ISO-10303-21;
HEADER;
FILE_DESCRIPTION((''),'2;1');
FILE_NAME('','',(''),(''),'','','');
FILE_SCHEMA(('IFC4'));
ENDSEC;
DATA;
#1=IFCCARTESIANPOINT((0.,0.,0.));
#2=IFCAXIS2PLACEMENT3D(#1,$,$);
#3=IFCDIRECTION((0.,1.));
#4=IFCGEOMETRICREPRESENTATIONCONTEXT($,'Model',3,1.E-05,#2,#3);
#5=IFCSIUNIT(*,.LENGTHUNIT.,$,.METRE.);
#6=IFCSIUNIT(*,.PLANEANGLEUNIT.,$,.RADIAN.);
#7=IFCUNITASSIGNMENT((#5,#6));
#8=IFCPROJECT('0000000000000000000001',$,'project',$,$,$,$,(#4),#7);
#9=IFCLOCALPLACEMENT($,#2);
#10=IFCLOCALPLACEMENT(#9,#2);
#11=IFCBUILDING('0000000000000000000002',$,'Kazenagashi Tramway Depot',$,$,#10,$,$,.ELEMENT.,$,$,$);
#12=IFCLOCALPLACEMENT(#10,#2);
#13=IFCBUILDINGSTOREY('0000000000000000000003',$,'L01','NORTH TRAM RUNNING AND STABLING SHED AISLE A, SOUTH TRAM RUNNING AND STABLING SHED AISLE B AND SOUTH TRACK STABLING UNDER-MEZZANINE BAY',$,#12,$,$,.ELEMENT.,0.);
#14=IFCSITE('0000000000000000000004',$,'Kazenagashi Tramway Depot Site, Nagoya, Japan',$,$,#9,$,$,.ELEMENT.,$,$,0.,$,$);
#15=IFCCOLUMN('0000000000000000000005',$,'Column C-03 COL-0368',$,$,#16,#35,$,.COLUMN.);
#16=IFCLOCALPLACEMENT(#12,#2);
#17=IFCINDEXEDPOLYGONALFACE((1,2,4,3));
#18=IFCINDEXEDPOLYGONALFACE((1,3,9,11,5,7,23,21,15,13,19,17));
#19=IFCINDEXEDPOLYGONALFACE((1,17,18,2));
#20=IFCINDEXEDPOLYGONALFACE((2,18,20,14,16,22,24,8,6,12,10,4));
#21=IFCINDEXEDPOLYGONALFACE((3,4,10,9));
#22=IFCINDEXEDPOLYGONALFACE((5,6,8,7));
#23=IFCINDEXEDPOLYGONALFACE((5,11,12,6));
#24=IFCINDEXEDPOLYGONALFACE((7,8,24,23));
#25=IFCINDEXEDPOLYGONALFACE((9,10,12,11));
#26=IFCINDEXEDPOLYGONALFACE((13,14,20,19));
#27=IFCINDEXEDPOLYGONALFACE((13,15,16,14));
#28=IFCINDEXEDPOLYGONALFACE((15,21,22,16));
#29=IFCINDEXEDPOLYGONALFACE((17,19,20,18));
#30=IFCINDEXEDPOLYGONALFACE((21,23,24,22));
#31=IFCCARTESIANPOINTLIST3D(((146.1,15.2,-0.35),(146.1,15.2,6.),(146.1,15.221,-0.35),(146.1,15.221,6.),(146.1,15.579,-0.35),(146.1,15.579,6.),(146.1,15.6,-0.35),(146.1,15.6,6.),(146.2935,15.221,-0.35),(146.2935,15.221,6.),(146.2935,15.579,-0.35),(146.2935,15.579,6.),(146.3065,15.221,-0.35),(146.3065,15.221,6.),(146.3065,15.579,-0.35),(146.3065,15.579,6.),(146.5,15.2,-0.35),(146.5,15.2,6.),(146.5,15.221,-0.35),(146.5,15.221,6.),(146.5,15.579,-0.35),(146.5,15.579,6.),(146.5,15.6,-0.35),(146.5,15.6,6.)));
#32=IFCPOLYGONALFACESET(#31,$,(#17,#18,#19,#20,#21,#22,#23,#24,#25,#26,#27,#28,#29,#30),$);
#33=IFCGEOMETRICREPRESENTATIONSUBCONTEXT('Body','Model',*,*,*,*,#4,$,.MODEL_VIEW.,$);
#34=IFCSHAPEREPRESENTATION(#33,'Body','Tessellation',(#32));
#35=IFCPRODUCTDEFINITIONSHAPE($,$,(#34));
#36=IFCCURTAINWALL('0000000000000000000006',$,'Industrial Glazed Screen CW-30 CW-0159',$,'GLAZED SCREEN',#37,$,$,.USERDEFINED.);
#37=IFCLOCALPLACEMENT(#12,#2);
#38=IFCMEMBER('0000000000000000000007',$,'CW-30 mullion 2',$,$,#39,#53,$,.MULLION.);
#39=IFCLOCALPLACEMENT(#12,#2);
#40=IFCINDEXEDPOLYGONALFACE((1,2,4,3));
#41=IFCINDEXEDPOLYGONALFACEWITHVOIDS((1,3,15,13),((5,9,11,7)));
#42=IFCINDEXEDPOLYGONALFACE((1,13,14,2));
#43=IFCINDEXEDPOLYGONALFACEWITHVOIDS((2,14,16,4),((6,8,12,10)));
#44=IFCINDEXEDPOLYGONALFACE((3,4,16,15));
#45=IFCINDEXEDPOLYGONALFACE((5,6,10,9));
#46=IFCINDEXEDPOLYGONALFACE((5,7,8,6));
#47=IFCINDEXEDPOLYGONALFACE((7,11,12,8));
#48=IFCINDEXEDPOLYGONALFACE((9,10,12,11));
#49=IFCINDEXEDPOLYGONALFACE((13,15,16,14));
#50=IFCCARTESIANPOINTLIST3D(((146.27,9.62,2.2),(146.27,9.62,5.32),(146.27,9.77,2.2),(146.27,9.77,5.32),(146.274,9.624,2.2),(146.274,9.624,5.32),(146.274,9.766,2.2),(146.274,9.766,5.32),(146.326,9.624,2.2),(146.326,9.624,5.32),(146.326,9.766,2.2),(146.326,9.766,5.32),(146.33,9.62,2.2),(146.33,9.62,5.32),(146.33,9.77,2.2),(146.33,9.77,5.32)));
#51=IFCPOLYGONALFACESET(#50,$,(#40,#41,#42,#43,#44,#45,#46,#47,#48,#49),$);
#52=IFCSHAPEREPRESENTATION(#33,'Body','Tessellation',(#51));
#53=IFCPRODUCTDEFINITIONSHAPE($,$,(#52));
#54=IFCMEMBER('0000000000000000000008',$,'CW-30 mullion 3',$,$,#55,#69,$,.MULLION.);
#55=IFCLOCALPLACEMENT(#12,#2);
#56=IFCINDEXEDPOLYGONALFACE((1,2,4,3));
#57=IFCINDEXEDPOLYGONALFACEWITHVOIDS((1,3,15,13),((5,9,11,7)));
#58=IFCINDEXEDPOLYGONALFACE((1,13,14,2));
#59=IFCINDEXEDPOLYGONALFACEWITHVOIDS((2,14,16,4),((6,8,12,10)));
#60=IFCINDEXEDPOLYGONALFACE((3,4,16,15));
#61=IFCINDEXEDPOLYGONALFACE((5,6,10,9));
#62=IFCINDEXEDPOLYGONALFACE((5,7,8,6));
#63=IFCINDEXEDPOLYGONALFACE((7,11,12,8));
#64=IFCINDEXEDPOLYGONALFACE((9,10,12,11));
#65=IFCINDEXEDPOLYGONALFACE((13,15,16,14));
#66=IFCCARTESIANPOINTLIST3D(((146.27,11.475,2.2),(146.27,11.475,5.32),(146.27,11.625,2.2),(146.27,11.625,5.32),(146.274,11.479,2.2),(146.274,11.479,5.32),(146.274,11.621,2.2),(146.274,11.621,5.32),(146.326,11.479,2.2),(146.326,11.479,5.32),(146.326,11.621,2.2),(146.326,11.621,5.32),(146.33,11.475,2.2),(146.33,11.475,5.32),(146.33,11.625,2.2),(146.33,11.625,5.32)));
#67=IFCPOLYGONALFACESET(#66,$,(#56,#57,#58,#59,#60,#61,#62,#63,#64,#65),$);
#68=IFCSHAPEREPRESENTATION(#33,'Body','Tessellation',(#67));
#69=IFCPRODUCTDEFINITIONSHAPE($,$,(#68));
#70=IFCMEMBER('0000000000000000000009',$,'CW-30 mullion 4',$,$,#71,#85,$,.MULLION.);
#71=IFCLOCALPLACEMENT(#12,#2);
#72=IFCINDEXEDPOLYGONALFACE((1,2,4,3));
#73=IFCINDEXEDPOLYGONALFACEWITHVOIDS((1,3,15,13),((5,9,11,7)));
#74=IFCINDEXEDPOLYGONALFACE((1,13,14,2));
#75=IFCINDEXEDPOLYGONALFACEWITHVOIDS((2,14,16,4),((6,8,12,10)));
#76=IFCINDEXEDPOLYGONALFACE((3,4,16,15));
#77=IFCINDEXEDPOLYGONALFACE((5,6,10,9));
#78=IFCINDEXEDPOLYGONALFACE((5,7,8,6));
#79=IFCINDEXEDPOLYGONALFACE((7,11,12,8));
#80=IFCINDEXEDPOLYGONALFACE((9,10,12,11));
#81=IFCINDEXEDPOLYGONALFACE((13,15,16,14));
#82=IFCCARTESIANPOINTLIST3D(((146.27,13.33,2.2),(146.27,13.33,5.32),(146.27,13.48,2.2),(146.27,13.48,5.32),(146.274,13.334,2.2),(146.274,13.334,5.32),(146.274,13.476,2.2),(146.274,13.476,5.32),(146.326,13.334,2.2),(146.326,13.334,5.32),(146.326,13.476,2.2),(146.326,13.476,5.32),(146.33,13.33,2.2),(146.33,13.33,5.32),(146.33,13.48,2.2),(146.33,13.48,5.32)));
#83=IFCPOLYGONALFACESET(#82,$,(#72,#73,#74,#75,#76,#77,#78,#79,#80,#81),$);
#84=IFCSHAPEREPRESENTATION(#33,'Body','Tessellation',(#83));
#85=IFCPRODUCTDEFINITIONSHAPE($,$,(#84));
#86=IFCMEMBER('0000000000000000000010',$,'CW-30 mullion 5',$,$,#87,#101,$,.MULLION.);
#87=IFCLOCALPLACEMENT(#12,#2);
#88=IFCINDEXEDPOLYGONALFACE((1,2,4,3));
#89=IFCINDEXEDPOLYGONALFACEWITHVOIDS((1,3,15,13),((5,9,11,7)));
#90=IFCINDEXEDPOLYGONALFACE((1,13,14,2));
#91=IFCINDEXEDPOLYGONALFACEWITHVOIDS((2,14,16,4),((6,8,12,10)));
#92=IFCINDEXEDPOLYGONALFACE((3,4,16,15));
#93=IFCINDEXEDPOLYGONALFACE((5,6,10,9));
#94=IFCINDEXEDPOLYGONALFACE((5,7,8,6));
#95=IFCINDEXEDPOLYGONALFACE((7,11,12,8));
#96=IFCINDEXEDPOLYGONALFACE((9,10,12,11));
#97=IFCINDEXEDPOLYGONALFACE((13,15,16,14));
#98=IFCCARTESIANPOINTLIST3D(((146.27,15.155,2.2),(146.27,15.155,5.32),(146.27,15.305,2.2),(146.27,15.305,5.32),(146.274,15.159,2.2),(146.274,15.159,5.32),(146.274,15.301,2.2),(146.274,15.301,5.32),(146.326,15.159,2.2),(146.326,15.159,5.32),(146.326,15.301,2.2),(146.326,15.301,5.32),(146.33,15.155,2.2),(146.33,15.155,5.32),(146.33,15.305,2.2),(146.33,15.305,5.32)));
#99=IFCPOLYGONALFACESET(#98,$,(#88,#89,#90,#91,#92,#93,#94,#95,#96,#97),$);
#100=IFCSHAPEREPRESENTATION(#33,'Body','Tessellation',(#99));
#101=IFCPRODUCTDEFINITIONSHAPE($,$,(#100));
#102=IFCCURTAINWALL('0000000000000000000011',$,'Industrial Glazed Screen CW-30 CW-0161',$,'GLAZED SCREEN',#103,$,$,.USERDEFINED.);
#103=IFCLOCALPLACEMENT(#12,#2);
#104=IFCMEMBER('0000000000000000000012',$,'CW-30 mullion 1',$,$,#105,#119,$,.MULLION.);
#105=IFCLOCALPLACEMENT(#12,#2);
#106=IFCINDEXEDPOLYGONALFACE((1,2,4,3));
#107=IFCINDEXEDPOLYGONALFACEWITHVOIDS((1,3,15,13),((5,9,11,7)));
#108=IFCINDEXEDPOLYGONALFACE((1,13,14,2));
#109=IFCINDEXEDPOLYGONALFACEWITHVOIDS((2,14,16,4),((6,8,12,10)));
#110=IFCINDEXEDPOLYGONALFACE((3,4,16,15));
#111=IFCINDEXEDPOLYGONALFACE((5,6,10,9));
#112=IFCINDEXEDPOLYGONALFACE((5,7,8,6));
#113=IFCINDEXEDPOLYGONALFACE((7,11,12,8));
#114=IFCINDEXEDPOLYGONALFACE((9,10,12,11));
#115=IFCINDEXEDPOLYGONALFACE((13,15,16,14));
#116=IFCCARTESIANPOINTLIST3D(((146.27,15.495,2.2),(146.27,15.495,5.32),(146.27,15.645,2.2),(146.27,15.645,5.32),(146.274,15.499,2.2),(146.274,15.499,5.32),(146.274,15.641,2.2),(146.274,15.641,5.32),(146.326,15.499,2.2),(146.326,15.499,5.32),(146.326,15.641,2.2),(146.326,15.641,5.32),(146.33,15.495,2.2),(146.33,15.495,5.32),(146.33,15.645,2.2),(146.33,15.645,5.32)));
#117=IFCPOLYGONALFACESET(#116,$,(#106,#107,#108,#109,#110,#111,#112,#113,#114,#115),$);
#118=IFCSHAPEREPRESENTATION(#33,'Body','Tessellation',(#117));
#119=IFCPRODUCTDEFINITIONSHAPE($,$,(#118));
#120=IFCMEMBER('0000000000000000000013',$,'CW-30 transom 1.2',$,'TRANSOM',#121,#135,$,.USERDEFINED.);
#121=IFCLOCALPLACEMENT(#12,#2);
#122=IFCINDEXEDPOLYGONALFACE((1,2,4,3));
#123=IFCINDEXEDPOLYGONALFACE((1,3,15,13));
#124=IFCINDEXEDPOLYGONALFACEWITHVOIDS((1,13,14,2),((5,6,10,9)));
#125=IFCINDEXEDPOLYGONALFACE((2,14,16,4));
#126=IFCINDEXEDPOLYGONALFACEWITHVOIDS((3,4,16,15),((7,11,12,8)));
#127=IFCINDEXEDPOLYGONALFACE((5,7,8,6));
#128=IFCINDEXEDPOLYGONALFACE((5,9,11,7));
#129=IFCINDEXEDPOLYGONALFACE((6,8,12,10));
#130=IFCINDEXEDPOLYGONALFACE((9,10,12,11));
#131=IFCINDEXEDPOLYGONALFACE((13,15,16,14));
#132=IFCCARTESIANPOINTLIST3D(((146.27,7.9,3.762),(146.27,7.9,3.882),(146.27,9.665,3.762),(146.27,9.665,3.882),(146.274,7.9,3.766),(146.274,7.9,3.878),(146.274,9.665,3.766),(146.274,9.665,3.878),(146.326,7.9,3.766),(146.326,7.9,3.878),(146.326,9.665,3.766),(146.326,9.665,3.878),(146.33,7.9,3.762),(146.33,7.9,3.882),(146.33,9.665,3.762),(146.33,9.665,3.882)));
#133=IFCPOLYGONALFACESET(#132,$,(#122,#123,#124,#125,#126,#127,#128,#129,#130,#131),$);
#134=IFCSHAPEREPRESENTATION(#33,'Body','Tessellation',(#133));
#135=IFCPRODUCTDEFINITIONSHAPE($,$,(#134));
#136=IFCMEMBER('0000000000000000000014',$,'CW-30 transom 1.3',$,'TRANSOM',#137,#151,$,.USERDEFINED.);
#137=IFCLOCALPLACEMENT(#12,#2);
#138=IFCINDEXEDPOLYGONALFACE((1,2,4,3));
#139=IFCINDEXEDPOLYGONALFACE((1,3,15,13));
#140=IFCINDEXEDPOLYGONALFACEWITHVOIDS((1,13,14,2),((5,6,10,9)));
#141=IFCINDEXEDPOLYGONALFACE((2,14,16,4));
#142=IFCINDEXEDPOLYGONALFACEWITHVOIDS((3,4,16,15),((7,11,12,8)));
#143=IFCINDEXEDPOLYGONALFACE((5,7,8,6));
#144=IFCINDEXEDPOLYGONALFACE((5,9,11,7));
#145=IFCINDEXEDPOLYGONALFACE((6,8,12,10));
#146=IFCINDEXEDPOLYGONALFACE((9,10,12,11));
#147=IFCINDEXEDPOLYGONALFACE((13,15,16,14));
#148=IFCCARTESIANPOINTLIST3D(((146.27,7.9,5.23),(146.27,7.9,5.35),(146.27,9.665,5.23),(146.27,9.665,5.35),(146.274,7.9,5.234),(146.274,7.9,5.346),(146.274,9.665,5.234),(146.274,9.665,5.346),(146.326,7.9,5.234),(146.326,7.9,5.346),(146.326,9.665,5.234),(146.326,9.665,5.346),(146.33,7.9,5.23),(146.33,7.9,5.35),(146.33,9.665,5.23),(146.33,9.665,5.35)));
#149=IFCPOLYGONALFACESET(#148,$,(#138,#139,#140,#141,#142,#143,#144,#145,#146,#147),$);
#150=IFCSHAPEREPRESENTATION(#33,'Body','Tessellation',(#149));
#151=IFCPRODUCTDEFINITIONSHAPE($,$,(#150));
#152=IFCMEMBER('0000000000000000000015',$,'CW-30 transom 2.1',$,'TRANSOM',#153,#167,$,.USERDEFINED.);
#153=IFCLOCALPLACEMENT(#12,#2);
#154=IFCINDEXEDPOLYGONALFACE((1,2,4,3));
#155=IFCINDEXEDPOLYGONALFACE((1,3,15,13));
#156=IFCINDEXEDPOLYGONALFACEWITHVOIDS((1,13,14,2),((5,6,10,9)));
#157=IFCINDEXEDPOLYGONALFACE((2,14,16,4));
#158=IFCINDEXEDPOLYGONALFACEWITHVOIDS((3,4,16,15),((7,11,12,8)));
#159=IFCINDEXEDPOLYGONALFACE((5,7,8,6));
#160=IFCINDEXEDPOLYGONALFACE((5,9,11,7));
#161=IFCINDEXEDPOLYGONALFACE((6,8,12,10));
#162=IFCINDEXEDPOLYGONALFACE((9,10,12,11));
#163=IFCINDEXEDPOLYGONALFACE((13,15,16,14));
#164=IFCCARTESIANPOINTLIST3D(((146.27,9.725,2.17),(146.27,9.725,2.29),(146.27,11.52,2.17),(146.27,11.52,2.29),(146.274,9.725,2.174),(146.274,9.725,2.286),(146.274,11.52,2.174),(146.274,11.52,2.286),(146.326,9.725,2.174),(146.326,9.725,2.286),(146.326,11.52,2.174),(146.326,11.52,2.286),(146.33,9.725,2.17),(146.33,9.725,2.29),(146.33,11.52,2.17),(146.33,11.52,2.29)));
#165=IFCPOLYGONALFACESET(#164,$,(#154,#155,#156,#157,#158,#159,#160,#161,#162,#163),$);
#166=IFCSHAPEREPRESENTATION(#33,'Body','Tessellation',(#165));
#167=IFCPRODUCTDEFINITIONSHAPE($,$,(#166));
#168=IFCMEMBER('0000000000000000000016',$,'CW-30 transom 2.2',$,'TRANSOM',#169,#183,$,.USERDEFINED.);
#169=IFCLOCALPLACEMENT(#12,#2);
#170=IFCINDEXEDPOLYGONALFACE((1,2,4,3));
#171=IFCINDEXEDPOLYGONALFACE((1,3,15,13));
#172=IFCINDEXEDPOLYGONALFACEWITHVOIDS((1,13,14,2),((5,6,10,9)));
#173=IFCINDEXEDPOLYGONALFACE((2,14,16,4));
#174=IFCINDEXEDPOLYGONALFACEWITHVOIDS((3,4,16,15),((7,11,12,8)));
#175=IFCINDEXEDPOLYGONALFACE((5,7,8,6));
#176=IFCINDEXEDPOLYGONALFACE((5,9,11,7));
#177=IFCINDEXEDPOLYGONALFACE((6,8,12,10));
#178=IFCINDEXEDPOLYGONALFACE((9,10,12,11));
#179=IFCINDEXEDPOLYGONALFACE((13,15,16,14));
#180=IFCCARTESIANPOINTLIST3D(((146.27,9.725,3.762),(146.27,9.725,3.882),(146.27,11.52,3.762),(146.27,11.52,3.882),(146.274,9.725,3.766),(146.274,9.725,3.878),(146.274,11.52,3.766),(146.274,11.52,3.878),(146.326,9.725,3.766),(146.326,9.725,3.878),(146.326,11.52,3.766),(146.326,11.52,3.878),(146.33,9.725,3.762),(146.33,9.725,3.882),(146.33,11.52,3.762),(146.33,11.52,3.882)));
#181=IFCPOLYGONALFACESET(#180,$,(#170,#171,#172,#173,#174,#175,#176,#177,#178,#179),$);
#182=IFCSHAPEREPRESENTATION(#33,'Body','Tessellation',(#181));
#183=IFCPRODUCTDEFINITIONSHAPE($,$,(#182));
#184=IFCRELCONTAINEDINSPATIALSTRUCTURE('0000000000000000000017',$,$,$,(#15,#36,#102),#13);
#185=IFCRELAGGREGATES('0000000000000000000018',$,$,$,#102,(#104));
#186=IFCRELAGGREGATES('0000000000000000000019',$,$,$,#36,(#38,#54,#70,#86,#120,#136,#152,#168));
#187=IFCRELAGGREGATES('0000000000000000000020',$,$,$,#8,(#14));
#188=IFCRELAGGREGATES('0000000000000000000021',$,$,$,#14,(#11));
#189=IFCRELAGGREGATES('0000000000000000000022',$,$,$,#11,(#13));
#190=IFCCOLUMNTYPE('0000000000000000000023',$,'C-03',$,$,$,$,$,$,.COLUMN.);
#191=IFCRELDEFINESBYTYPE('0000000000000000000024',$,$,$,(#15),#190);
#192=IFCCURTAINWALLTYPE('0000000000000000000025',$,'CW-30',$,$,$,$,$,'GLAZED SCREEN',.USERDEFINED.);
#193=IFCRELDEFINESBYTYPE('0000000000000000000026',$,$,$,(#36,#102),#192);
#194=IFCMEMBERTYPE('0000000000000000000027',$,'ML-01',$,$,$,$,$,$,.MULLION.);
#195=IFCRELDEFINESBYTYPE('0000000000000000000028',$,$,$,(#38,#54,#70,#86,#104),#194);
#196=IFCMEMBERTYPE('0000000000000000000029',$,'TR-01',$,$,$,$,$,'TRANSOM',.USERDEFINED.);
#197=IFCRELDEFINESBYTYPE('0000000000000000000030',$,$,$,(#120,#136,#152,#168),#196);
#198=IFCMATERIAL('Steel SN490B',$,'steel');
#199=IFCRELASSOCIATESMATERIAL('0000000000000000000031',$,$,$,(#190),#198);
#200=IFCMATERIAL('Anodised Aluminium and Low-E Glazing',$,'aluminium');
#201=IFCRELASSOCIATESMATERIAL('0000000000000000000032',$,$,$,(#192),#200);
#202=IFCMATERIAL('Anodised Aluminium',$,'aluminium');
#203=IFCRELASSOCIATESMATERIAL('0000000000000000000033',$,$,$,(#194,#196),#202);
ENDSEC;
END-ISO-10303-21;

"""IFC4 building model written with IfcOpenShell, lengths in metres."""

from ifc_helpers import new_model, si_unit, direction, frame, origin, origin_2d, place, context, subcontext, project, spatial, hollow_rectangle, i_section, extrude, material, material_profile, profile_set, type_object, element, aggregate, save


model = new_model("IFC4")

# Units and contexts
model_context = context("Model", 3, precision=1e-05, world=origin(), true_north=direction((0.0, 1.0)))
body_context = subcontext(model_context, "Body", "Model", "MODEL_VIEW")
ifc_project = project(units=[si_unit("LENGTHUNIT", "METRE"), si_unit("PLANEANGLEUNIT", "RADIAN")], contexts=[model_context])

# Site, building, storey
site_placement = place(None, origin())
site = spatial("IfcSite", under=ifc_project, at=site_placement, Name="Kazenagashi Tramway Depot Site, Nagoya, Japan", CompositionType="ELEMENT", RefElevation=0.0)
building_placement = place(site_placement, origin())
building = spatial("IfcBuilding", under=site, at=building_placement, Name="Kazenagashi Tramway Depot", CompositionType="ELEMENT")
storey_placement = place(building_placement, origin())
storey = spatial("IfcBuildingStorey", under=building, at=storey_placement, Name="L01", Description="NORTH TRAM RUNNING AND STABLING SHED AISLE A, SOUTH TRAM RUNNING AND STABLING SHED AISLE B AND SOUTH TRACK STABLING UNDER-MEZZANINE BAY", CompositionType="ELEMENT", Elevation=0.0)

# Column
ifc_material_1 = material(Name="Steel SN490B", Category="steel")
ifc_material_profile_1 = material_profile(ifc_material_1, i_section(OverallWidth=0.4, OverallDepth=0.4, WebThickness=0.013, FlangeThickness=0.021, at=origin_2d()), Name="H-400x400x13x21")
ifc_profile_set_1 = profile_set([ifc_material_profile_1], Name="Steel SN490B")
column_type = type_object("IfcColumnType", Name="C-03", PredefinedType="COLUMN", material=ifc_profile_set_1)
column_placement = place(storey_placement, frame((146.3, 15.4, -0.35), z_axis=(0.0, 0.0, 1.0), x_axis=(1.0, 0.0, 0.0)))
element("IfcColumn", 1, at=column_placement, inside=storey, type_object=column_type, Name="Column C-03 COL-0368", PredefinedType="COLUMN", context=body_context, shape_type="SweptSolid", body=[
    extrude(i_section(OverallWidth=0.4, OverallDepth=0.4, WebThickness=0.013, FlangeThickness=0.021, at=origin_2d()), origin(), (0.0, 0.0, 1.0), 6.35),
])

# Curtain wall, members
ifc_material_2 = material(Name="Anodised Aluminium and Low-E Glazing", Category="aluminium")
curtain_wall_type = type_object("IfcCurtainWallType", Name="CW-30", ElementType="GLAZED SCREEN", PredefinedType="USERDEFINED", material=ifc_material_2)
curtain_wall_1_placement = place(storey_placement, origin())
curtain_wall_1 = element("IfcCurtainWall", 2, at=curtain_wall_1_placement, inside=storey, type_object=curtain_wall_type, Name="Industrial Glazed Screen CW-30 CW-0159", ObjectType="GLAZED SCREEN", PredefinedType="USERDEFINED")
ifc_material_3 = material(Name="Anodised Aluminium", Category="aluminium")
ifc_material_profile_2 = material_profile(ifc_material_3, hollow_rectangle(XDim=0.06, YDim=0.15, WallThickness=0.004, at=origin_2d()), Name="RHS-150x60x4")
ifc_profile_set_2 = profile_set([ifc_material_profile_2], Name="Anodised Aluminium")
member_type_1 = type_object("IfcMemberType", Name="ML-01", PredefinedType="MULLION", material=ifc_profile_set_2)
member_1_placement = place(storey_placement, frame((146.3, 9.695, 2.2), z_axis=(0.0, 0.0, 1.0), x_axis=(-1.0, 0.0, 0.0)))
member_1 = element("IfcMember", 3, at=member_1_placement, type_object=member_type_1, Name="CW-30 mullion 2", PredefinedType="MULLION", context=body_context, shape_type="SweptSolid", body=[
    extrude(hollow_rectangle(XDim=0.06, YDim=0.15, WallThickness=0.004, at=origin_2d()), origin(), (0.0, 0.0, 1.0), 3.12),
])
member_2_placement = place(storey_placement, frame((146.3, 11.55, 2.2), z_axis=(0.0, 0.0, 1.0), x_axis=(-1.0, 0.0, 0.0)))
member_2 = element("IfcMember", 4, at=member_2_placement, type_object=member_type_1, Name="CW-30 mullion 3", PredefinedType="MULLION", context=body_context, shape_type="SweptSolid", body=[
    extrude(hollow_rectangle(XDim=0.06, YDim=0.15, WallThickness=0.004, at=origin_2d()), origin(), (0.0, 0.0, 1.0), 3.12),
])
member_3_placement = place(storey_placement, frame((146.3, 13.405, 2.2), z_axis=(0.0, 0.0, 1.0), x_axis=(-1.0, 0.0, 0.0)))
member_3 = element("IfcMember", 5, at=member_3_placement, type_object=member_type_1, Name="CW-30 mullion 4", PredefinedType="MULLION", context=body_context, shape_type="SweptSolid", body=[
    extrude(hollow_rectangle(XDim=0.06, YDim=0.15, WallThickness=0.004, at=origin_2d()), origin(), (0.0, 0.0, 1.0), 3.12),
])
member_4_placement = place(storey_placement, frame((146.3, 15.23, 2.2), z_axis=(0.0, 0.0, 1.0), x_axis=(-1.0, 0.0, 0.0)))
member_4 = element("IfcMember", 6, at=member_4_placement, type_object=member_type_1, Name="CW-30 mullion 5", PredefinedType="MULLION", context=body_context, shape_type="SweptSolid", body=[
    extrude(hollow_rectangle(XDim=0.06, YDim=0.15, WallThickness=0.004, at=origin_2d()), origin(), (0.0, 0.0, 1.0), 3.12),
])

# Curtain wall, member
curtain_wall_2_placement = place(storey_placement, origin())
curtain_wall_2 = element("IfcCurtainWall", 7, at=curtain_wall_2_placement, inside=storey, type_object=curtain_wall_type, Name="Industrial Glazed Screen CW-30 CW-0161", ObjectType="GLAZED SCREEN", PredefinedType="USERDEFINED")
member_5_placement = place(storey_placement, frame((146.3, 15.57, 2.2), z_axis=(0.0, 0.0, 1.0), x_axis=(-1.0, 0.0, 0.0)))
member_5 = element("IfcMember", 8, at=member_5_placement, type_object=member_type_1, Name="CW-30 mullion 1", PredefinedType="MULLION", context=body_context, shape_type="SweptSolid", body=[
    extrude(hollow_rectangle(XDim=0.06, YDim=0.15, WallThickness=0.004, at=origin_2d()), origin(), (0.0, 0.0, 1.0), 3.12),
])

# Members
ifc_material_profile_3 = material_profile(ifc_material_3, hollow_rectangle(XDim=0.06, YDim=0.12, WallThickness=0.004, at=origin_2d()), Name="RHS-120x60x4")
ifc_profile_set_3 = profile_set([ifc_material_profile_3], Name="Anodised Aluminium")
member_type_2 = type_object("IfcMemberType", Name="TR-01", ElementType="TRANSOM", PredefinedType="USERDEFINED", material=ifc_profile_set_3)
member_6_placement = place(storey_placement, frame((146.3, 7.9, 3.822), z_axis=(0.0, 1.0, 0.0), x_axis=(-1.0, 0.0, 0.0)))
member_6 = element("IfcMember", 9, at=member_6_placement, type_object=member_type_2, Name="CW-30 transom 1.2", ObjectType="TRANSOM", PredefinedType="USERDEFINED", context=body_context, shape_type="SweptSolid", body=[
    extrude(hollow_rectangle(XDim=0.06, YDim=0.12, WallThickness=0.004, at=origin_2d()), origin(), (0.0, 0.0, 1.0), 1.765),
])
member_7_placement = place(storey_placement, frame((146.3, 7.9, 5.29), z_axis=(0.0, 1.0, 0.0), x_axis=(-1.0, 0.0, 0.0)))
member_7 = element("IfcMember", 10, at=member_7_placement, type_object=member_type_2, Name="CW-30 transom 1.3", ObjectType="TRANSOM", PredefinedType="USERDEFINED", context=body_context, shape_type="SweptSolid", body=[
    extrude(hollow_rectangle(XDim=0.06, YDim=0.12, WallThickness=0.004, at=origin_2d()), origin(), (0.0, 0.0, 1.0), 1.765),
])
member_8_placement = place(storey_placement, frame((146.3, 9.725, 2.23), z_axis=(0.0, 1.0, 0.0), x_axis=(-1.0, 0.0, 0.0)))
member_8 = element("IfcMember", 11, at=member_8_placement, type_object=member_type_2, Name="CW-30 transom 2.1", ObjectType="TRANSOM", PredefinedType="USERDEFINED", context=body_context, shape_type="SweptSolid", body=[
    extrude(hollow_rectangle(XDim=0.06, YDim=0.12, WallThickness=0.004, at=origin_2d()), origin(), (0.0, 0.0, 1.0), 1.795),
])
member_9_placement = place(storey_placement, frame((146.3, 9.725, 3.822), z_axis=(0.0, 1.0, 0.0), x_axis=(-1.0, 0.0, 0.0)))
member_9 = element("IfcMember", 12, at=member_9_placement, type_object=member_type_2, Name="CW-30 transom 2.2", ObjectType="TRANSOM", PredefinedType="USERDEFINED", context=body_context, shape_type="SweptSolid", body=[
    extrude(hollow_rectangle(XDim=0.06, YDim=0.12, WallThickness=0.004, at=origin_2d()), origin(), (0.0, 0.0, 1.0), 1.795),
])

aggregate(curtain_wall_2, [member_5])
aggregate(curtain_wall_1, [member_1, member_2, member_3, member_4, member_6, member_7, member_8, member_9])

save(model, "model.ifc")
